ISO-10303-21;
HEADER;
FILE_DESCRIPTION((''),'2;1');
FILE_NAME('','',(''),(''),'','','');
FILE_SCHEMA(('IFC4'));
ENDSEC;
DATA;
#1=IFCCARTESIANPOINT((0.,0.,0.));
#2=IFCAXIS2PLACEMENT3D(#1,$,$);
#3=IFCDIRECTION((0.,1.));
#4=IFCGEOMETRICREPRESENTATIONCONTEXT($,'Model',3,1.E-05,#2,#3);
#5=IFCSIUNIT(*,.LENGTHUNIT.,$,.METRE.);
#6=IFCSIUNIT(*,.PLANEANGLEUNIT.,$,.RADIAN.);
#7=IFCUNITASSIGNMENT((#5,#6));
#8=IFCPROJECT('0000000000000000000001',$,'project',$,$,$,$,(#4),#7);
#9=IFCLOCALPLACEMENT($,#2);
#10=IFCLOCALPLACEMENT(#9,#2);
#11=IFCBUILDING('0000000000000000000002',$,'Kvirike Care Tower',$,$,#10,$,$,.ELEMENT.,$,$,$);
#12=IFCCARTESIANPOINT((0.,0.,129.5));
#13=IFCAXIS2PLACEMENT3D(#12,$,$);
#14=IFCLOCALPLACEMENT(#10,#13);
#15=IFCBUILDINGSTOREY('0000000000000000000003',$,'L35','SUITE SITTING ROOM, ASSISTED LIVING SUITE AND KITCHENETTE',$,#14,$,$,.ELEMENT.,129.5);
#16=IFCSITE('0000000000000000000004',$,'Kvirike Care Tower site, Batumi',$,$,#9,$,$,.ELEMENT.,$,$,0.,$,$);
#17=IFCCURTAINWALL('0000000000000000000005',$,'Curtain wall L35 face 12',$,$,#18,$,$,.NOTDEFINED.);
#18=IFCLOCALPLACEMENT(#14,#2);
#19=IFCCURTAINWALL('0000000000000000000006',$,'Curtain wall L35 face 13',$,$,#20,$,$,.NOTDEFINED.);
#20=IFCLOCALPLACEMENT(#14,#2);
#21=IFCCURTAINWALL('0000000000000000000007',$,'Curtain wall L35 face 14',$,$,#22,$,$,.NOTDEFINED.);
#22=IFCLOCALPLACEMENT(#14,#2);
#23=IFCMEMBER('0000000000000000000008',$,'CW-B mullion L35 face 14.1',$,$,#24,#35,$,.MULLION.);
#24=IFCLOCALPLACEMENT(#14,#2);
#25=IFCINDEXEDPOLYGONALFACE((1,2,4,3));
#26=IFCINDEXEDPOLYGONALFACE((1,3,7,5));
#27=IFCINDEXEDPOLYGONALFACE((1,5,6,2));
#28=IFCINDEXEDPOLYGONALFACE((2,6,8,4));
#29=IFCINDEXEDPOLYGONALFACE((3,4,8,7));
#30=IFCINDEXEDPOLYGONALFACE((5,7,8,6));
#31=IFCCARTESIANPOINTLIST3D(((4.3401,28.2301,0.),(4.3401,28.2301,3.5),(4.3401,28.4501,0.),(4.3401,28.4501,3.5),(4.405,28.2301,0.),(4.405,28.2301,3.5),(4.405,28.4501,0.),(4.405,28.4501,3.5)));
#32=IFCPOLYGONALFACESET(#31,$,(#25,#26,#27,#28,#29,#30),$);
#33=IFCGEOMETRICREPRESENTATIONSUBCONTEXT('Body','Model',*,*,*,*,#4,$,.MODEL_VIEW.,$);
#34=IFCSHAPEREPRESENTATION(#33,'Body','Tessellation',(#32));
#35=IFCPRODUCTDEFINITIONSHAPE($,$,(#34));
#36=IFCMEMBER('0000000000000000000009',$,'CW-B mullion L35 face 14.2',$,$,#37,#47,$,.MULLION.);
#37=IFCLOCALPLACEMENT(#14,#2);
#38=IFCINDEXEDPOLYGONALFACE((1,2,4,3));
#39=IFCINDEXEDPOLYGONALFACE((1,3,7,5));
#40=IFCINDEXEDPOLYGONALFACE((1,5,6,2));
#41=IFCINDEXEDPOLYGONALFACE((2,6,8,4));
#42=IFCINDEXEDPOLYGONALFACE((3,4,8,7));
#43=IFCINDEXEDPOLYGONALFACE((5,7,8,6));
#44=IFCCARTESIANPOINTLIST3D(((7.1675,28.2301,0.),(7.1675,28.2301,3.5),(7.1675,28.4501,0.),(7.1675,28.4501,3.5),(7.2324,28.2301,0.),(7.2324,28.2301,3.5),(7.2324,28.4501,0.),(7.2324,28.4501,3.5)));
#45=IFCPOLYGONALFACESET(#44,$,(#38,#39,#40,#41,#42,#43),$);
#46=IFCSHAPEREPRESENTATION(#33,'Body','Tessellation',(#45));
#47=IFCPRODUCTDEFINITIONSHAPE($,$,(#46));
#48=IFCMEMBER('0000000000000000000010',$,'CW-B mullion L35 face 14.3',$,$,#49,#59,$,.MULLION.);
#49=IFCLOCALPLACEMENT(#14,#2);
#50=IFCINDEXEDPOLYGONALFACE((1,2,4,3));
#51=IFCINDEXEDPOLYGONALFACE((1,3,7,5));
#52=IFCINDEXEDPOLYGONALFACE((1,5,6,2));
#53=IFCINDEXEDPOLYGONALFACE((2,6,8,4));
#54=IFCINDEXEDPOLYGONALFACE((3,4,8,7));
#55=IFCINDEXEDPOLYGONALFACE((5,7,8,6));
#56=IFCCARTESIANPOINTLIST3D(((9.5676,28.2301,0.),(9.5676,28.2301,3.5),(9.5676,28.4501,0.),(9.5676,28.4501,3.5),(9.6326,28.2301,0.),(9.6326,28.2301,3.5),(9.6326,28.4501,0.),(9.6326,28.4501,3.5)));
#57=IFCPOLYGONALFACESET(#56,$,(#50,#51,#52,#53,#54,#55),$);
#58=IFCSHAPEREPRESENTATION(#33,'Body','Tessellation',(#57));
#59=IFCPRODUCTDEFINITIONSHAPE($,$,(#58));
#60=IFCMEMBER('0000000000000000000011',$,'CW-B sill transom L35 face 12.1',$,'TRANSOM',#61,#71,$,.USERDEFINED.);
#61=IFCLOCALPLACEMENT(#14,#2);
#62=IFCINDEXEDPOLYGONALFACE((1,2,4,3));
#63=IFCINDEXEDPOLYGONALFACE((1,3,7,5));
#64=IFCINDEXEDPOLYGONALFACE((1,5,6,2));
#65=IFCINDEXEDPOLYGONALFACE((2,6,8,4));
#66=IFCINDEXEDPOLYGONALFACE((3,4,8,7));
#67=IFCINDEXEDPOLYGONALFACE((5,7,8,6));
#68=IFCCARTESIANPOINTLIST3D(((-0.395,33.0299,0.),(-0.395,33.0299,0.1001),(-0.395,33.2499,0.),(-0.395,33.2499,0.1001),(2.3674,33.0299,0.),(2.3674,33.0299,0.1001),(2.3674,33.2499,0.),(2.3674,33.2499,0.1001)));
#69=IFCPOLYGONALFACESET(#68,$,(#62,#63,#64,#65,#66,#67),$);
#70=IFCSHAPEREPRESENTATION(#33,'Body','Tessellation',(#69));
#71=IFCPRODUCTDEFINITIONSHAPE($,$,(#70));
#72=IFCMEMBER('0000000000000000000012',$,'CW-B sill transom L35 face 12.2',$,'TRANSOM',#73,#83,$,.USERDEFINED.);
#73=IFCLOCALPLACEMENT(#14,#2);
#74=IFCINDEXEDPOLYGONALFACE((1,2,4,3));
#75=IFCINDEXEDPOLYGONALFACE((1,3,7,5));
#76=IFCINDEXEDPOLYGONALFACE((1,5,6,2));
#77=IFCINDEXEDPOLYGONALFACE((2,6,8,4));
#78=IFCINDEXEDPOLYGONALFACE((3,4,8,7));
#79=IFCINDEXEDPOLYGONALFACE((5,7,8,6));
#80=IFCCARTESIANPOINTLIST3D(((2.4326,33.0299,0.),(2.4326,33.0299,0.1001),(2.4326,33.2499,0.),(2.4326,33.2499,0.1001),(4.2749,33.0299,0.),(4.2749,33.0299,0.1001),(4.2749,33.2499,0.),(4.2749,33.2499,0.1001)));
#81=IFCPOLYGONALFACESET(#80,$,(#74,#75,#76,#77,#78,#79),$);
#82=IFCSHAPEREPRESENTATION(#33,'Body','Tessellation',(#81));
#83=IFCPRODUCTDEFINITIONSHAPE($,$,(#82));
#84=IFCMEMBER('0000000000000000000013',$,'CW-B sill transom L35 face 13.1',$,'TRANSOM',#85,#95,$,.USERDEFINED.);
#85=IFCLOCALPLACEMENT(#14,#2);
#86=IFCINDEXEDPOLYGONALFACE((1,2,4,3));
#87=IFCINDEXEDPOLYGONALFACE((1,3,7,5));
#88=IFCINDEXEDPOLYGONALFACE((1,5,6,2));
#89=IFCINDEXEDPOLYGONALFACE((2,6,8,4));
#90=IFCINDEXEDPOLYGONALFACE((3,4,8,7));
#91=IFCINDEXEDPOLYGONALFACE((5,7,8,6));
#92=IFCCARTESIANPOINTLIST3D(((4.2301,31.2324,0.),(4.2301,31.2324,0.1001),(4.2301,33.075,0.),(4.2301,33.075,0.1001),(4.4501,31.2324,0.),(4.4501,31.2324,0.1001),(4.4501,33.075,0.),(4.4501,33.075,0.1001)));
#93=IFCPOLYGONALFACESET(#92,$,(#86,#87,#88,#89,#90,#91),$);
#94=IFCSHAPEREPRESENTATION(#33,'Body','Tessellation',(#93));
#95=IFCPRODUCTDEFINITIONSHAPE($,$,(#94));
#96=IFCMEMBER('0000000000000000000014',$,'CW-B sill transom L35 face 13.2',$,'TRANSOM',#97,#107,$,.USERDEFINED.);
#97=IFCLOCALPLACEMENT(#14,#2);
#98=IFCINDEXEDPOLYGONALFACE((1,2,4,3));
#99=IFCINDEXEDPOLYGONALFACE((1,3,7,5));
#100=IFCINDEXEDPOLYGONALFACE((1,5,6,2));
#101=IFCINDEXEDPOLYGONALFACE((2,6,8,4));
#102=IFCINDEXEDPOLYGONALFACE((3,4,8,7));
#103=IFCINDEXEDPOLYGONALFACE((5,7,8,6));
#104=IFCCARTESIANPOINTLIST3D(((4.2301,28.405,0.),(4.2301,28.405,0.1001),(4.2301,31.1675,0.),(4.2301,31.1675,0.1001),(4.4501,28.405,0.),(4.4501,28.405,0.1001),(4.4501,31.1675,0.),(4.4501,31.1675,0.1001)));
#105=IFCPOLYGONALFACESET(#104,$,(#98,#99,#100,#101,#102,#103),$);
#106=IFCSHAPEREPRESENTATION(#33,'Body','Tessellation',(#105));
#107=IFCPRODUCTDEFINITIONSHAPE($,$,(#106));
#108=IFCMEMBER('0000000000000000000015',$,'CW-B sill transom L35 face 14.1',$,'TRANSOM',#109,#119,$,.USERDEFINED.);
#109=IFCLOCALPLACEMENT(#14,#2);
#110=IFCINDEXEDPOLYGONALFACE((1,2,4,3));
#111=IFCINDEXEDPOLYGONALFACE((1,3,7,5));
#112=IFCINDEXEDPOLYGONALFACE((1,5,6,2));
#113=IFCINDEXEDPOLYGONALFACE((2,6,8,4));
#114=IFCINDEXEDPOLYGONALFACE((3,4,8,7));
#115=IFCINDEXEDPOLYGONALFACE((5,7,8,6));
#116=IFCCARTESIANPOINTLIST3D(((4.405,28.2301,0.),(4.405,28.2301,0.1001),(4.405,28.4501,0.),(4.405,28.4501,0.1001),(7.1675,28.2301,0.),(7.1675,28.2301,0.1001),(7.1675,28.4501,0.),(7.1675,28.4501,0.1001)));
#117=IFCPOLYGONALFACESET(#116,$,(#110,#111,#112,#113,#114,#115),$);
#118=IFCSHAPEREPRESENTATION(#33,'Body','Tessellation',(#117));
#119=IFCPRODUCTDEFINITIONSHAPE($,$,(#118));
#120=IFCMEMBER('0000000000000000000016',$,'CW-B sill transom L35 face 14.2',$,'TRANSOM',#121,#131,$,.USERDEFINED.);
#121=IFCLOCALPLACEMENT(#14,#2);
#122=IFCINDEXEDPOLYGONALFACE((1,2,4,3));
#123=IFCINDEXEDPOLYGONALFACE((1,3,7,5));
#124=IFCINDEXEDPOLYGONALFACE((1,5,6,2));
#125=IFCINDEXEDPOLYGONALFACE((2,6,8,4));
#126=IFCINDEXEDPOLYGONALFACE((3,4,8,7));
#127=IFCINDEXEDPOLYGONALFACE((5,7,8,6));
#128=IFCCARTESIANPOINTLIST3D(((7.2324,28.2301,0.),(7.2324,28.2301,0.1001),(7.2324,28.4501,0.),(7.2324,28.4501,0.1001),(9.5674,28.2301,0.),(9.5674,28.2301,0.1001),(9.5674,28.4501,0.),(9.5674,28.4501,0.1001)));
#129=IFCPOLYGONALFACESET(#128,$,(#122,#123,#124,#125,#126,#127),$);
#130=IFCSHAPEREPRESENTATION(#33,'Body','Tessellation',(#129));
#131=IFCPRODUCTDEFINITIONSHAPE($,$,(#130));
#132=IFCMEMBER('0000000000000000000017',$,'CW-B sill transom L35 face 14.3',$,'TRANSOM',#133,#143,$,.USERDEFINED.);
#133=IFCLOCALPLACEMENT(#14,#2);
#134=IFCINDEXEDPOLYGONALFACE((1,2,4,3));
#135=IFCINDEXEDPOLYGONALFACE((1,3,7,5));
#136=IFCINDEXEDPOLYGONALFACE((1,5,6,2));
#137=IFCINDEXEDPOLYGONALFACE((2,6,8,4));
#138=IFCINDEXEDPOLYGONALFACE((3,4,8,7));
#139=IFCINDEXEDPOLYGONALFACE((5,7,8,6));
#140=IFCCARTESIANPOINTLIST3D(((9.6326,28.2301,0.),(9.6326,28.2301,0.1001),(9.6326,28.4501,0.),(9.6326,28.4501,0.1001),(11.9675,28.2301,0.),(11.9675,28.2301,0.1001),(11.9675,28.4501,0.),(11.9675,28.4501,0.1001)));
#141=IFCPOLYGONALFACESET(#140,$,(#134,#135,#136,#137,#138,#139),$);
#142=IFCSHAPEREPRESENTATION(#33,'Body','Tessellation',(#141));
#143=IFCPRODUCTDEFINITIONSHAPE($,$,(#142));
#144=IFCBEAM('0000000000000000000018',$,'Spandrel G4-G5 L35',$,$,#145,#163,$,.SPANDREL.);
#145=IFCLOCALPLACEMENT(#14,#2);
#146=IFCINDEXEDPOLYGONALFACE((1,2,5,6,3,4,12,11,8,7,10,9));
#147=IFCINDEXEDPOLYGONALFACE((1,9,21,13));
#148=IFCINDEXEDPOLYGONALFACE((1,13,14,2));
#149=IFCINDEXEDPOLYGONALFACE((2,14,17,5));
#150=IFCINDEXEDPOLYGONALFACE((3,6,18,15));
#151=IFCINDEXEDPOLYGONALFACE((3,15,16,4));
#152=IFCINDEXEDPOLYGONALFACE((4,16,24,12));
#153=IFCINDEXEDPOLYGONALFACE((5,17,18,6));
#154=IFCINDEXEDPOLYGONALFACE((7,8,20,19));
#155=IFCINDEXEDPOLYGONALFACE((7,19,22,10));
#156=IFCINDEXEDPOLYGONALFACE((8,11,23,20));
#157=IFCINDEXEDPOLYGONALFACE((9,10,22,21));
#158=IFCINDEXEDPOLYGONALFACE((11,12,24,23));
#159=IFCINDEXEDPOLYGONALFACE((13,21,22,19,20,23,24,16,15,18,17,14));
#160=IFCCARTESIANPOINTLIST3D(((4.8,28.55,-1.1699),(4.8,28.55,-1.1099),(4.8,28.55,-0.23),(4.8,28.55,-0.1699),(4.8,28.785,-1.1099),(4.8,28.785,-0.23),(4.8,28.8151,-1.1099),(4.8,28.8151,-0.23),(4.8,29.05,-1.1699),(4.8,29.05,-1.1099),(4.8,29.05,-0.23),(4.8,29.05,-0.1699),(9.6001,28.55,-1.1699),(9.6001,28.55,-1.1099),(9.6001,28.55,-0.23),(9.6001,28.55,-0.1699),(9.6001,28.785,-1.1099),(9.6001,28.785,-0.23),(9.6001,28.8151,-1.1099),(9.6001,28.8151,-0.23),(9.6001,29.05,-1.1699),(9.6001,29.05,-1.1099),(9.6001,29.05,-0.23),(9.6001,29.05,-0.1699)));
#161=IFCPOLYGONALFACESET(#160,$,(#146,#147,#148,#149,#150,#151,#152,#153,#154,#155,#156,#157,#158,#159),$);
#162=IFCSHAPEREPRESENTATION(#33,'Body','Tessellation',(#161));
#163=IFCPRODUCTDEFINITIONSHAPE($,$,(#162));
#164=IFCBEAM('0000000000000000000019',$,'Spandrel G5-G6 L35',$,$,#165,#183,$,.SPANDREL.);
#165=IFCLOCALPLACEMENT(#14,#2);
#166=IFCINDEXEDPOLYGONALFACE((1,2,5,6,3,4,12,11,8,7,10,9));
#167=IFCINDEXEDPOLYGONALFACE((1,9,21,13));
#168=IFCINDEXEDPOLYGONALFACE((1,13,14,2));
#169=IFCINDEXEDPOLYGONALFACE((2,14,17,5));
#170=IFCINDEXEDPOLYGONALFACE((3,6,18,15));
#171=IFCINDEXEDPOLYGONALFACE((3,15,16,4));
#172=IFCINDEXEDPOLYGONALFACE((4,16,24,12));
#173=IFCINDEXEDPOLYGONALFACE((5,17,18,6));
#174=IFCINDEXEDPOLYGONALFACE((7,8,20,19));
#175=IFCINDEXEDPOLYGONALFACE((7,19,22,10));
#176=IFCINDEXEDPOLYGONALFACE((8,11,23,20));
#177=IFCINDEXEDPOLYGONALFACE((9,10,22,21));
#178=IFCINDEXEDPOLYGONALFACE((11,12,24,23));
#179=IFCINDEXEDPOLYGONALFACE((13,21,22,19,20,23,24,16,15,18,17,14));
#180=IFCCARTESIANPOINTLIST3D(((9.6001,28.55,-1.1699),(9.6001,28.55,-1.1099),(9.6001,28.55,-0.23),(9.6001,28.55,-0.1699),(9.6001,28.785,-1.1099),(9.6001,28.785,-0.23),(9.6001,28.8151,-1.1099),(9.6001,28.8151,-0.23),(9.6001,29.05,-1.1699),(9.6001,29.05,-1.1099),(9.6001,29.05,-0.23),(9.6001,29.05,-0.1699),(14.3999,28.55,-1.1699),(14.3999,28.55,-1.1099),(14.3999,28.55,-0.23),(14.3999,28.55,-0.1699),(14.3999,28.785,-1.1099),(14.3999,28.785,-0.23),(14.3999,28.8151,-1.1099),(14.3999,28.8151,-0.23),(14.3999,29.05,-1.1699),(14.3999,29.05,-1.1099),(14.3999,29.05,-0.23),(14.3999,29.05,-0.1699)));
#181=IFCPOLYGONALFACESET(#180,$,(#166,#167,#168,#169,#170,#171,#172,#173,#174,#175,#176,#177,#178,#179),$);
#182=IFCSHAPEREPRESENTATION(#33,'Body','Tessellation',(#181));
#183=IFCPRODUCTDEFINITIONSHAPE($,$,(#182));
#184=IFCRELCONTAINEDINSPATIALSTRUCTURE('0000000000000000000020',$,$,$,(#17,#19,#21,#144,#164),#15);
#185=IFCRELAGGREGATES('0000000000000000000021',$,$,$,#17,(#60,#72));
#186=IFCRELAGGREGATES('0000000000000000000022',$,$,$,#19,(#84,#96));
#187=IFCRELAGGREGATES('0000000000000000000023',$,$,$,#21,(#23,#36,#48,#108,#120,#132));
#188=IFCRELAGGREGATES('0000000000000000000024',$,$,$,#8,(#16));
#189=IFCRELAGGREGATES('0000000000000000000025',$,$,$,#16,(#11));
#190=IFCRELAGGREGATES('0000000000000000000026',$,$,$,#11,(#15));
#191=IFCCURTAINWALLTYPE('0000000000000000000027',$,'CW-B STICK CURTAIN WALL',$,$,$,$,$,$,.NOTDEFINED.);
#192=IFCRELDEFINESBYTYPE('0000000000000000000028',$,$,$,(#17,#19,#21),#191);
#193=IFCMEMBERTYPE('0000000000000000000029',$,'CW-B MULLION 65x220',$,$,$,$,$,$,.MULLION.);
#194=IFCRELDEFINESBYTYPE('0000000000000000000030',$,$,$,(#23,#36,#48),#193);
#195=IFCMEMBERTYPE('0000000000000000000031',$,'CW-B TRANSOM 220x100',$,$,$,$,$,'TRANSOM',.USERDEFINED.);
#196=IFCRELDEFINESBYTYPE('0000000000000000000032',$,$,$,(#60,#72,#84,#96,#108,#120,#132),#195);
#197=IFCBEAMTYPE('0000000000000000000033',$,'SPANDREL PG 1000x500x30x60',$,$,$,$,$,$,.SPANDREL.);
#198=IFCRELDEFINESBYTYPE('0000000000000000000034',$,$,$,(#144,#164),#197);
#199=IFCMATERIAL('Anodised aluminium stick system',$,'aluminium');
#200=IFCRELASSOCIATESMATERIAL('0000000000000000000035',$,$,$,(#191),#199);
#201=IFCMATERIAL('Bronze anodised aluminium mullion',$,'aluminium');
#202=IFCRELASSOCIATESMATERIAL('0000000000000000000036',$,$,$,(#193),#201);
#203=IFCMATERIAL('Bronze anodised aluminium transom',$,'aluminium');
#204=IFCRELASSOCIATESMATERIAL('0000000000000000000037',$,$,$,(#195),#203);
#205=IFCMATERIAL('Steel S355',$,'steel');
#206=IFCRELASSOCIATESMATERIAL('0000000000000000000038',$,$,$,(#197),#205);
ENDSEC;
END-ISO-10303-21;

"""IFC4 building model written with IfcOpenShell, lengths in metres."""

from ifc_helpers import new_model, si_unit, direction, frame, origin, origin_2d, place, context, subcontext, project, spatial, rectangle, i_section, extrude, material, material_profile, profile_set, type_object, element, aggregate, save


model = new_model("IFC4")

# Units and contexts
model_context = context("Model", 3, precision=1e-05, world=origin(), true_north=direction((0.0, 1.0)))
body_context = subcontext(model_context, "Body", "Model", "MODEL_VIEW")
ifc_project = project(units=[si_unit("LENGTHUNIT", "METRE"), si_unit("PLANEANGLEUNIT", "RADIAN")], contexts=[model_context])

# Site, building, storey
site_placement = place(None, origin())
site = spatial("IfcSite", under=ifc_project, at=site_placement, Name="Kvirike Care Tower site, Batumi", CompositionType="ELEMENT", RefElevation=0.0)
building_placement = place(site_placement, origin())
building = spatial("IfcBuilding", under=site, at=building_placement, Name="Kvirike Care Tower", CompositionType="ELEMENT")
storey_placement = place(building_placement, frame((0.0, 0.0, 129.5)))
storey = spatial("IfcBuildingStorey", under=building, at=storey_placement, Name="L35", Description="SUITE SITTING ROOM, ASSISTED LIVING SUITE AND KITCHENETTE", CompositionType="ELEMENT", Elevation=129.5)

# Curtain walls
ifc_material_1 = material(Name="Anodised aluminium stick system", Category="aluminium")
curtain_wall_type = type_object("IfcCurtainWallType", Name="CW-B STICK CURTAIN WALL", PredefinedType="NOTDEFINED", material=ifc_material_1)
curtain_wall_1_placement = place(storey_placement, origin())
curtain_wall_1 = element("IfcCurtainWall", 1, at=curtain_wall_1_placement, inside=storey, type_object=curtain_wall_type, Name="Curtain wall L35 face 12", PredefinedType="NOTDEFINED")
curtain_wall_2_placement = place(storey_placement, origin())
curtain_wall_2 = element("IfcCurtainWall", 2, at=curtain_wall_2_placement, inside=storey, type_object=curtain_wall_type, Name="Curtain wall L35 face 13", PredefinedType="NOTDEFINED")
curtain_wall_3_placement = place(storey_placement, origin())
curtain_wall_3 = element("IfcCurtainWall", 3, at=curtain_wall_3_placement, inside=storey, type_object=curtain_wall_type, Name="Curtain wall L35 face 14", PredefinedType="NOTDEFINED")
ifc_material_2 = material(Name="Bronze anodised aluminium mullion", Category="aluminium")
ifc_material_profile_1 = material_profile(ifc_material_2, rectangle(XDim=0.0649, YDim=0.22, at=origin_2d()), Name="CW-B MULLION 65x220")
ifc_profile_set_1 = profile_set([ifc_material_profile_1], Name="Bronze anodised aluminium mullion")
member_type_1 = type_object("IfcMemberType", Name="CW-B MULLION 65x220", PredefinedType="MULLION", material=ifc_profile_set_1)

# Members
member_1_placement = place(storey_placement, frame((4.3726, 28.3401, 0.0), z_axis=(0.0, 0.0, 1.0), x_axis=(1.0, 0.0, 0.0)))
member_1 = element("IfcMember", 4, at=member_1_placement, type_object=member_type_1, Name="CW-B mullion L35 face 14.1", PredefinedType="MULLION", context=body_context, shape_type="SweptSolid", body=[
    extrude(rectangle(XDim=0.0649, YDim=0.22, at=origin_2d()), origin(), (0.0, 0.0, 1.0), 3.5),
])
member_2_placement = place(storey_placement, frame((7.2, 28.3401, 0.0), z_axis=(0.0, 0.0, 1.0), x_axis=(1.0, 0.0, 0.0)))
member_2 = element("IfcMember", 5, at=member_2_placement, type_object=member_type_1, Name="CW-B mullion L35 face 14.2", PredefinedType="MULLION", context=body_context, shape_type="SweptSolid", body=[
    extrude(rectangle(XDim=0.0649, YDim=0.22, at=origin_2d()), origin(), (0.0, 0.0, 1.0), 3.5),
])
member_3_placement = place(storey_placement, frame((9.6001, 28.3401, 0.0), z_axis=(0.0, 0.0, 1.0), x_axis=(1.0, 0.0, 0.0)))
member_3 = element("IfcMember", 6, at=member_3_placement, type_object=member_type_1, Name="CW-B mullion L35 face 14.3", PredefinedType="MULLION", context=body_context, shape_type="SweptSolid", body=[
    extrude(rectangle(XDim=0.0649, YDim=0.22, at=origin_2d()), origin(), (0.0, 0.0, 1.0), 3.5),
])
ifc_material_3 = material(Name="Bronze anodised aluminium transom", Category="aluminium")
ifc_material_profile_2 = material_profile(ifc_material_3, rectangle(XDim=0.22, YDim=0.1001, at=origin_2d()), Name="CW-B TRANSOM 220x100")
ifc_profile_set_2 = profile_set([ifc_material_profile_2], Name="Bronze anodised aluminium transom")
member_type_2 = type_object("IfcMemberType", Name="CW-B TRANSOM 220x100", ElementType="TRANSOM", PredefinedType="USERDEFINED", material=ifc_profile_set_2)
member_4_placement = place(storey_placement, frame((-0.395, 33.1399, 0.05), z_axis=(1.0, 0.0, 0.0), x_axis=(0.0, 1.0, 0.0)))
member_4 = element("IfcMember", 7, at=member_4_placement, type_object=member_type_2, Name="CW-B sill transom L35 face 12.1", ObjectType="TRANSOM", PredefinedType="USERDEFINED", context=body_context, shape_type="SweptSolid", body=[
    extrude(rectangle(XDim=0.22, YDim=0.1001, at=origin_2d()), origin(), (0.0, 0.0, 1.0), 2.7625),
])
member_5_placement = place(storey_placement, frame((2.4326, 33.1399, 0.05), z_axis=(1.0, 0.0, 0.0), x_axis=(0.0, 1.0, 0.0)))
member_5 = element("IfcMember", 8, at=member_5_placement, type_object=member_type_2, Name="CW-B sill transom L35 face 12.2", ObjectType="TRANSOM", PredefinedType="USERDEFINED", context=body_context, shape_type="SweptSolid", body=[
    extrude(rectangle(XDim=0.22, YDim=0.1001, at=origin_2d()), origin(), (0.0, 0.0, 1.0), 1.8423),
])
member_6_placement = place(storey_placement, frame((4.3401, 33.075, 0.05), z_axis=(0.0, -1.0, 0.0), x_axis=(1.0, 0.0, 0.0)))
member_6 = element("IfcMember", 9, at=member_6_placement, type_object=member_type_2, Name="CW-B sill transom L35 face 13.1", ObjectType="TRANSOM", PredefinedType="USERDEFINED", context=body_context, shape_type="SweptSolid", body=[
    extrude(rectangle(XDim=0.22, YDim=0.1001, at=origin_2d()), origin(), (0.0, 0.0, 1.0), 1.8425),
])
member_7_placement = place(storey_placement, frame((4.3401, 31.1675, 0.05), z_axis=(0.0, -1.0, 0.0), x_axis=(1.0, 0.0, 0.0)))
member_7 = element("IfcMember", 10, at=member_7_placement, type_object=member_type_2, Name="CW-B sill transom L35 face 13.2", ObjectType="TRANSOM", PredefinedType="USERDEFINED", context=body_context, shape_type="SweptSolid", body=[
    extrude(rectangle(XDim=0.22, YDim=0.1001, at=origin_2d()), origin(), (0.0, 0.0, 1.0), 2.7625),
])
member_8_placement = place(storey_placement, frame((4.405, 28.3401, 0.05), z_axis=(1.0, 0.0, 0.0), x_axis=(0.0, 1.0, 0.0)))
member_8 = element("IfcMember", 11, at=member_8_placement, type_object=member_type_2, Name="CW-B sill transom L35 face 14.1", ObjectType="TRANSOM", PredefinedType="USERDEFINED", context=body_context, shape_type="SweptSolid", body=[
    extrude(rectangle(XDim=0.22, YDim=0.1001, at=origin_2d()), origin(), (0.0, 0.0, 1.0), 2.7625),
])
member_9_placement = place(storey_placement, frame((7.2324, 28.3401, 0.05), z_axis=(1.0, 0.0, 0.0), x_axis=(0.0, 1.0, 0.0)))
member_9 = element("IfcMember", 12, at=member_9_placement, type_object=member_type_2, Name="CW-B sill transom L35 face 14.2", ObjectType="TRANSOM", PredefinedType="USERDEFINED", context=body_context, shape_type="SweptSolid", body=[
    extrude(rectangle(XDim=0.22, YDim=0.1001, at=origin_2d()), origin(), (0.0, 0.0, 1.0), 2.335),
])
member_10_placement = place(storey_placement, frame((9.6326, 28.3401, 0.05), z_axis=(1.0, 0.0, 0.0), x_axis=(0.0, 1.0, 0.0)))
member_10 = element("IfcMember", 13, at=member_10_placement, type_object=member_type_2, Name="CW-B sill transom L35 face 14.3", ObjectType="TRANSOM", PredefinedType="USERDEFINED", context=body_context, shape_type="SweptSolid", body=[
    extrude(rectangle(XDim=0.22, YDim=0.1001, at=origin_2d()), origin(), (0.0, 0.0, 1.0), 2.335),
])

# Beams
ifc_material_4 = material(Name="Steel S355", Category="steel")
ifc_material_profile_3 = material_profile(ifc_material_4, i_section(OverallWidth=0.5, OverallDepth=1.0, WebThickness=0.03, FlangeThickness=0.0601, at=origin_2d()), Name="PG 1000x500x30x60")
ifc_profile_set_3 = profile_set([ifc_material_profile_3], Name="Steel S355")
beam_type = type_object("IfcBeamType", Name="SPANDREL PG 1000x500x30x60", PredefinedType="SPANDREL", material=ifc_profile_set_3)
beam_1_placement = place(storey_placement, frame((4.8, 28.8, -0.6699), z_axis=(1.0, 0.0, 0.0), x_axis=(0.0, 1.0, 0.0)))
element("IfcBeam", 14, at=beam_1_placement, inside=storey, type_object=beam_type, Name="Spandrel G4-G5 L35", PredefinedType="SPANDREL", context=body_context, shape_type="SweptSolid", body=[
    extrude(i_section(OverallWidth=0.5, OverallDepth=1.0, WebThickness=0.03, FlangeThickness=0.0601, at=origin_2d()), origin(), (0.0, 0.0, 1.0), 4.8),
])
beam_2_placement = place(storey_placement, frame((9.6001, 28.8, -0.6699), z_axis=(1.0, 0.0, 0.0), x_axis=(0.0, 1.0, 0.0)))
element("IfcBeam", 15, at=beam_2_placement, inside=storey, type_object=beam_type, Name="Spandrel G5-G6 L35", PredefinedType="SPANDREL", context=body_context, shape_type="SweptSolid", body=[
    extrude(i_section(OverallWidth=0.5, OverallDepth=1.0, WebThickness=0.03, FlangeThickness=0.0601, at=origin_2d()), origin(), (0.0, 0.0, 1.0), 4.7998),
])

aggregate(curtain_wall_1, [member_4, member_5])
aggregate(curtain_wall_2, [member_6, member_7])
aggregate(curtain_wall_3, [member_1, member_2, member_3, member_8, member_9, member_10])

save(model, "model.ifc")
